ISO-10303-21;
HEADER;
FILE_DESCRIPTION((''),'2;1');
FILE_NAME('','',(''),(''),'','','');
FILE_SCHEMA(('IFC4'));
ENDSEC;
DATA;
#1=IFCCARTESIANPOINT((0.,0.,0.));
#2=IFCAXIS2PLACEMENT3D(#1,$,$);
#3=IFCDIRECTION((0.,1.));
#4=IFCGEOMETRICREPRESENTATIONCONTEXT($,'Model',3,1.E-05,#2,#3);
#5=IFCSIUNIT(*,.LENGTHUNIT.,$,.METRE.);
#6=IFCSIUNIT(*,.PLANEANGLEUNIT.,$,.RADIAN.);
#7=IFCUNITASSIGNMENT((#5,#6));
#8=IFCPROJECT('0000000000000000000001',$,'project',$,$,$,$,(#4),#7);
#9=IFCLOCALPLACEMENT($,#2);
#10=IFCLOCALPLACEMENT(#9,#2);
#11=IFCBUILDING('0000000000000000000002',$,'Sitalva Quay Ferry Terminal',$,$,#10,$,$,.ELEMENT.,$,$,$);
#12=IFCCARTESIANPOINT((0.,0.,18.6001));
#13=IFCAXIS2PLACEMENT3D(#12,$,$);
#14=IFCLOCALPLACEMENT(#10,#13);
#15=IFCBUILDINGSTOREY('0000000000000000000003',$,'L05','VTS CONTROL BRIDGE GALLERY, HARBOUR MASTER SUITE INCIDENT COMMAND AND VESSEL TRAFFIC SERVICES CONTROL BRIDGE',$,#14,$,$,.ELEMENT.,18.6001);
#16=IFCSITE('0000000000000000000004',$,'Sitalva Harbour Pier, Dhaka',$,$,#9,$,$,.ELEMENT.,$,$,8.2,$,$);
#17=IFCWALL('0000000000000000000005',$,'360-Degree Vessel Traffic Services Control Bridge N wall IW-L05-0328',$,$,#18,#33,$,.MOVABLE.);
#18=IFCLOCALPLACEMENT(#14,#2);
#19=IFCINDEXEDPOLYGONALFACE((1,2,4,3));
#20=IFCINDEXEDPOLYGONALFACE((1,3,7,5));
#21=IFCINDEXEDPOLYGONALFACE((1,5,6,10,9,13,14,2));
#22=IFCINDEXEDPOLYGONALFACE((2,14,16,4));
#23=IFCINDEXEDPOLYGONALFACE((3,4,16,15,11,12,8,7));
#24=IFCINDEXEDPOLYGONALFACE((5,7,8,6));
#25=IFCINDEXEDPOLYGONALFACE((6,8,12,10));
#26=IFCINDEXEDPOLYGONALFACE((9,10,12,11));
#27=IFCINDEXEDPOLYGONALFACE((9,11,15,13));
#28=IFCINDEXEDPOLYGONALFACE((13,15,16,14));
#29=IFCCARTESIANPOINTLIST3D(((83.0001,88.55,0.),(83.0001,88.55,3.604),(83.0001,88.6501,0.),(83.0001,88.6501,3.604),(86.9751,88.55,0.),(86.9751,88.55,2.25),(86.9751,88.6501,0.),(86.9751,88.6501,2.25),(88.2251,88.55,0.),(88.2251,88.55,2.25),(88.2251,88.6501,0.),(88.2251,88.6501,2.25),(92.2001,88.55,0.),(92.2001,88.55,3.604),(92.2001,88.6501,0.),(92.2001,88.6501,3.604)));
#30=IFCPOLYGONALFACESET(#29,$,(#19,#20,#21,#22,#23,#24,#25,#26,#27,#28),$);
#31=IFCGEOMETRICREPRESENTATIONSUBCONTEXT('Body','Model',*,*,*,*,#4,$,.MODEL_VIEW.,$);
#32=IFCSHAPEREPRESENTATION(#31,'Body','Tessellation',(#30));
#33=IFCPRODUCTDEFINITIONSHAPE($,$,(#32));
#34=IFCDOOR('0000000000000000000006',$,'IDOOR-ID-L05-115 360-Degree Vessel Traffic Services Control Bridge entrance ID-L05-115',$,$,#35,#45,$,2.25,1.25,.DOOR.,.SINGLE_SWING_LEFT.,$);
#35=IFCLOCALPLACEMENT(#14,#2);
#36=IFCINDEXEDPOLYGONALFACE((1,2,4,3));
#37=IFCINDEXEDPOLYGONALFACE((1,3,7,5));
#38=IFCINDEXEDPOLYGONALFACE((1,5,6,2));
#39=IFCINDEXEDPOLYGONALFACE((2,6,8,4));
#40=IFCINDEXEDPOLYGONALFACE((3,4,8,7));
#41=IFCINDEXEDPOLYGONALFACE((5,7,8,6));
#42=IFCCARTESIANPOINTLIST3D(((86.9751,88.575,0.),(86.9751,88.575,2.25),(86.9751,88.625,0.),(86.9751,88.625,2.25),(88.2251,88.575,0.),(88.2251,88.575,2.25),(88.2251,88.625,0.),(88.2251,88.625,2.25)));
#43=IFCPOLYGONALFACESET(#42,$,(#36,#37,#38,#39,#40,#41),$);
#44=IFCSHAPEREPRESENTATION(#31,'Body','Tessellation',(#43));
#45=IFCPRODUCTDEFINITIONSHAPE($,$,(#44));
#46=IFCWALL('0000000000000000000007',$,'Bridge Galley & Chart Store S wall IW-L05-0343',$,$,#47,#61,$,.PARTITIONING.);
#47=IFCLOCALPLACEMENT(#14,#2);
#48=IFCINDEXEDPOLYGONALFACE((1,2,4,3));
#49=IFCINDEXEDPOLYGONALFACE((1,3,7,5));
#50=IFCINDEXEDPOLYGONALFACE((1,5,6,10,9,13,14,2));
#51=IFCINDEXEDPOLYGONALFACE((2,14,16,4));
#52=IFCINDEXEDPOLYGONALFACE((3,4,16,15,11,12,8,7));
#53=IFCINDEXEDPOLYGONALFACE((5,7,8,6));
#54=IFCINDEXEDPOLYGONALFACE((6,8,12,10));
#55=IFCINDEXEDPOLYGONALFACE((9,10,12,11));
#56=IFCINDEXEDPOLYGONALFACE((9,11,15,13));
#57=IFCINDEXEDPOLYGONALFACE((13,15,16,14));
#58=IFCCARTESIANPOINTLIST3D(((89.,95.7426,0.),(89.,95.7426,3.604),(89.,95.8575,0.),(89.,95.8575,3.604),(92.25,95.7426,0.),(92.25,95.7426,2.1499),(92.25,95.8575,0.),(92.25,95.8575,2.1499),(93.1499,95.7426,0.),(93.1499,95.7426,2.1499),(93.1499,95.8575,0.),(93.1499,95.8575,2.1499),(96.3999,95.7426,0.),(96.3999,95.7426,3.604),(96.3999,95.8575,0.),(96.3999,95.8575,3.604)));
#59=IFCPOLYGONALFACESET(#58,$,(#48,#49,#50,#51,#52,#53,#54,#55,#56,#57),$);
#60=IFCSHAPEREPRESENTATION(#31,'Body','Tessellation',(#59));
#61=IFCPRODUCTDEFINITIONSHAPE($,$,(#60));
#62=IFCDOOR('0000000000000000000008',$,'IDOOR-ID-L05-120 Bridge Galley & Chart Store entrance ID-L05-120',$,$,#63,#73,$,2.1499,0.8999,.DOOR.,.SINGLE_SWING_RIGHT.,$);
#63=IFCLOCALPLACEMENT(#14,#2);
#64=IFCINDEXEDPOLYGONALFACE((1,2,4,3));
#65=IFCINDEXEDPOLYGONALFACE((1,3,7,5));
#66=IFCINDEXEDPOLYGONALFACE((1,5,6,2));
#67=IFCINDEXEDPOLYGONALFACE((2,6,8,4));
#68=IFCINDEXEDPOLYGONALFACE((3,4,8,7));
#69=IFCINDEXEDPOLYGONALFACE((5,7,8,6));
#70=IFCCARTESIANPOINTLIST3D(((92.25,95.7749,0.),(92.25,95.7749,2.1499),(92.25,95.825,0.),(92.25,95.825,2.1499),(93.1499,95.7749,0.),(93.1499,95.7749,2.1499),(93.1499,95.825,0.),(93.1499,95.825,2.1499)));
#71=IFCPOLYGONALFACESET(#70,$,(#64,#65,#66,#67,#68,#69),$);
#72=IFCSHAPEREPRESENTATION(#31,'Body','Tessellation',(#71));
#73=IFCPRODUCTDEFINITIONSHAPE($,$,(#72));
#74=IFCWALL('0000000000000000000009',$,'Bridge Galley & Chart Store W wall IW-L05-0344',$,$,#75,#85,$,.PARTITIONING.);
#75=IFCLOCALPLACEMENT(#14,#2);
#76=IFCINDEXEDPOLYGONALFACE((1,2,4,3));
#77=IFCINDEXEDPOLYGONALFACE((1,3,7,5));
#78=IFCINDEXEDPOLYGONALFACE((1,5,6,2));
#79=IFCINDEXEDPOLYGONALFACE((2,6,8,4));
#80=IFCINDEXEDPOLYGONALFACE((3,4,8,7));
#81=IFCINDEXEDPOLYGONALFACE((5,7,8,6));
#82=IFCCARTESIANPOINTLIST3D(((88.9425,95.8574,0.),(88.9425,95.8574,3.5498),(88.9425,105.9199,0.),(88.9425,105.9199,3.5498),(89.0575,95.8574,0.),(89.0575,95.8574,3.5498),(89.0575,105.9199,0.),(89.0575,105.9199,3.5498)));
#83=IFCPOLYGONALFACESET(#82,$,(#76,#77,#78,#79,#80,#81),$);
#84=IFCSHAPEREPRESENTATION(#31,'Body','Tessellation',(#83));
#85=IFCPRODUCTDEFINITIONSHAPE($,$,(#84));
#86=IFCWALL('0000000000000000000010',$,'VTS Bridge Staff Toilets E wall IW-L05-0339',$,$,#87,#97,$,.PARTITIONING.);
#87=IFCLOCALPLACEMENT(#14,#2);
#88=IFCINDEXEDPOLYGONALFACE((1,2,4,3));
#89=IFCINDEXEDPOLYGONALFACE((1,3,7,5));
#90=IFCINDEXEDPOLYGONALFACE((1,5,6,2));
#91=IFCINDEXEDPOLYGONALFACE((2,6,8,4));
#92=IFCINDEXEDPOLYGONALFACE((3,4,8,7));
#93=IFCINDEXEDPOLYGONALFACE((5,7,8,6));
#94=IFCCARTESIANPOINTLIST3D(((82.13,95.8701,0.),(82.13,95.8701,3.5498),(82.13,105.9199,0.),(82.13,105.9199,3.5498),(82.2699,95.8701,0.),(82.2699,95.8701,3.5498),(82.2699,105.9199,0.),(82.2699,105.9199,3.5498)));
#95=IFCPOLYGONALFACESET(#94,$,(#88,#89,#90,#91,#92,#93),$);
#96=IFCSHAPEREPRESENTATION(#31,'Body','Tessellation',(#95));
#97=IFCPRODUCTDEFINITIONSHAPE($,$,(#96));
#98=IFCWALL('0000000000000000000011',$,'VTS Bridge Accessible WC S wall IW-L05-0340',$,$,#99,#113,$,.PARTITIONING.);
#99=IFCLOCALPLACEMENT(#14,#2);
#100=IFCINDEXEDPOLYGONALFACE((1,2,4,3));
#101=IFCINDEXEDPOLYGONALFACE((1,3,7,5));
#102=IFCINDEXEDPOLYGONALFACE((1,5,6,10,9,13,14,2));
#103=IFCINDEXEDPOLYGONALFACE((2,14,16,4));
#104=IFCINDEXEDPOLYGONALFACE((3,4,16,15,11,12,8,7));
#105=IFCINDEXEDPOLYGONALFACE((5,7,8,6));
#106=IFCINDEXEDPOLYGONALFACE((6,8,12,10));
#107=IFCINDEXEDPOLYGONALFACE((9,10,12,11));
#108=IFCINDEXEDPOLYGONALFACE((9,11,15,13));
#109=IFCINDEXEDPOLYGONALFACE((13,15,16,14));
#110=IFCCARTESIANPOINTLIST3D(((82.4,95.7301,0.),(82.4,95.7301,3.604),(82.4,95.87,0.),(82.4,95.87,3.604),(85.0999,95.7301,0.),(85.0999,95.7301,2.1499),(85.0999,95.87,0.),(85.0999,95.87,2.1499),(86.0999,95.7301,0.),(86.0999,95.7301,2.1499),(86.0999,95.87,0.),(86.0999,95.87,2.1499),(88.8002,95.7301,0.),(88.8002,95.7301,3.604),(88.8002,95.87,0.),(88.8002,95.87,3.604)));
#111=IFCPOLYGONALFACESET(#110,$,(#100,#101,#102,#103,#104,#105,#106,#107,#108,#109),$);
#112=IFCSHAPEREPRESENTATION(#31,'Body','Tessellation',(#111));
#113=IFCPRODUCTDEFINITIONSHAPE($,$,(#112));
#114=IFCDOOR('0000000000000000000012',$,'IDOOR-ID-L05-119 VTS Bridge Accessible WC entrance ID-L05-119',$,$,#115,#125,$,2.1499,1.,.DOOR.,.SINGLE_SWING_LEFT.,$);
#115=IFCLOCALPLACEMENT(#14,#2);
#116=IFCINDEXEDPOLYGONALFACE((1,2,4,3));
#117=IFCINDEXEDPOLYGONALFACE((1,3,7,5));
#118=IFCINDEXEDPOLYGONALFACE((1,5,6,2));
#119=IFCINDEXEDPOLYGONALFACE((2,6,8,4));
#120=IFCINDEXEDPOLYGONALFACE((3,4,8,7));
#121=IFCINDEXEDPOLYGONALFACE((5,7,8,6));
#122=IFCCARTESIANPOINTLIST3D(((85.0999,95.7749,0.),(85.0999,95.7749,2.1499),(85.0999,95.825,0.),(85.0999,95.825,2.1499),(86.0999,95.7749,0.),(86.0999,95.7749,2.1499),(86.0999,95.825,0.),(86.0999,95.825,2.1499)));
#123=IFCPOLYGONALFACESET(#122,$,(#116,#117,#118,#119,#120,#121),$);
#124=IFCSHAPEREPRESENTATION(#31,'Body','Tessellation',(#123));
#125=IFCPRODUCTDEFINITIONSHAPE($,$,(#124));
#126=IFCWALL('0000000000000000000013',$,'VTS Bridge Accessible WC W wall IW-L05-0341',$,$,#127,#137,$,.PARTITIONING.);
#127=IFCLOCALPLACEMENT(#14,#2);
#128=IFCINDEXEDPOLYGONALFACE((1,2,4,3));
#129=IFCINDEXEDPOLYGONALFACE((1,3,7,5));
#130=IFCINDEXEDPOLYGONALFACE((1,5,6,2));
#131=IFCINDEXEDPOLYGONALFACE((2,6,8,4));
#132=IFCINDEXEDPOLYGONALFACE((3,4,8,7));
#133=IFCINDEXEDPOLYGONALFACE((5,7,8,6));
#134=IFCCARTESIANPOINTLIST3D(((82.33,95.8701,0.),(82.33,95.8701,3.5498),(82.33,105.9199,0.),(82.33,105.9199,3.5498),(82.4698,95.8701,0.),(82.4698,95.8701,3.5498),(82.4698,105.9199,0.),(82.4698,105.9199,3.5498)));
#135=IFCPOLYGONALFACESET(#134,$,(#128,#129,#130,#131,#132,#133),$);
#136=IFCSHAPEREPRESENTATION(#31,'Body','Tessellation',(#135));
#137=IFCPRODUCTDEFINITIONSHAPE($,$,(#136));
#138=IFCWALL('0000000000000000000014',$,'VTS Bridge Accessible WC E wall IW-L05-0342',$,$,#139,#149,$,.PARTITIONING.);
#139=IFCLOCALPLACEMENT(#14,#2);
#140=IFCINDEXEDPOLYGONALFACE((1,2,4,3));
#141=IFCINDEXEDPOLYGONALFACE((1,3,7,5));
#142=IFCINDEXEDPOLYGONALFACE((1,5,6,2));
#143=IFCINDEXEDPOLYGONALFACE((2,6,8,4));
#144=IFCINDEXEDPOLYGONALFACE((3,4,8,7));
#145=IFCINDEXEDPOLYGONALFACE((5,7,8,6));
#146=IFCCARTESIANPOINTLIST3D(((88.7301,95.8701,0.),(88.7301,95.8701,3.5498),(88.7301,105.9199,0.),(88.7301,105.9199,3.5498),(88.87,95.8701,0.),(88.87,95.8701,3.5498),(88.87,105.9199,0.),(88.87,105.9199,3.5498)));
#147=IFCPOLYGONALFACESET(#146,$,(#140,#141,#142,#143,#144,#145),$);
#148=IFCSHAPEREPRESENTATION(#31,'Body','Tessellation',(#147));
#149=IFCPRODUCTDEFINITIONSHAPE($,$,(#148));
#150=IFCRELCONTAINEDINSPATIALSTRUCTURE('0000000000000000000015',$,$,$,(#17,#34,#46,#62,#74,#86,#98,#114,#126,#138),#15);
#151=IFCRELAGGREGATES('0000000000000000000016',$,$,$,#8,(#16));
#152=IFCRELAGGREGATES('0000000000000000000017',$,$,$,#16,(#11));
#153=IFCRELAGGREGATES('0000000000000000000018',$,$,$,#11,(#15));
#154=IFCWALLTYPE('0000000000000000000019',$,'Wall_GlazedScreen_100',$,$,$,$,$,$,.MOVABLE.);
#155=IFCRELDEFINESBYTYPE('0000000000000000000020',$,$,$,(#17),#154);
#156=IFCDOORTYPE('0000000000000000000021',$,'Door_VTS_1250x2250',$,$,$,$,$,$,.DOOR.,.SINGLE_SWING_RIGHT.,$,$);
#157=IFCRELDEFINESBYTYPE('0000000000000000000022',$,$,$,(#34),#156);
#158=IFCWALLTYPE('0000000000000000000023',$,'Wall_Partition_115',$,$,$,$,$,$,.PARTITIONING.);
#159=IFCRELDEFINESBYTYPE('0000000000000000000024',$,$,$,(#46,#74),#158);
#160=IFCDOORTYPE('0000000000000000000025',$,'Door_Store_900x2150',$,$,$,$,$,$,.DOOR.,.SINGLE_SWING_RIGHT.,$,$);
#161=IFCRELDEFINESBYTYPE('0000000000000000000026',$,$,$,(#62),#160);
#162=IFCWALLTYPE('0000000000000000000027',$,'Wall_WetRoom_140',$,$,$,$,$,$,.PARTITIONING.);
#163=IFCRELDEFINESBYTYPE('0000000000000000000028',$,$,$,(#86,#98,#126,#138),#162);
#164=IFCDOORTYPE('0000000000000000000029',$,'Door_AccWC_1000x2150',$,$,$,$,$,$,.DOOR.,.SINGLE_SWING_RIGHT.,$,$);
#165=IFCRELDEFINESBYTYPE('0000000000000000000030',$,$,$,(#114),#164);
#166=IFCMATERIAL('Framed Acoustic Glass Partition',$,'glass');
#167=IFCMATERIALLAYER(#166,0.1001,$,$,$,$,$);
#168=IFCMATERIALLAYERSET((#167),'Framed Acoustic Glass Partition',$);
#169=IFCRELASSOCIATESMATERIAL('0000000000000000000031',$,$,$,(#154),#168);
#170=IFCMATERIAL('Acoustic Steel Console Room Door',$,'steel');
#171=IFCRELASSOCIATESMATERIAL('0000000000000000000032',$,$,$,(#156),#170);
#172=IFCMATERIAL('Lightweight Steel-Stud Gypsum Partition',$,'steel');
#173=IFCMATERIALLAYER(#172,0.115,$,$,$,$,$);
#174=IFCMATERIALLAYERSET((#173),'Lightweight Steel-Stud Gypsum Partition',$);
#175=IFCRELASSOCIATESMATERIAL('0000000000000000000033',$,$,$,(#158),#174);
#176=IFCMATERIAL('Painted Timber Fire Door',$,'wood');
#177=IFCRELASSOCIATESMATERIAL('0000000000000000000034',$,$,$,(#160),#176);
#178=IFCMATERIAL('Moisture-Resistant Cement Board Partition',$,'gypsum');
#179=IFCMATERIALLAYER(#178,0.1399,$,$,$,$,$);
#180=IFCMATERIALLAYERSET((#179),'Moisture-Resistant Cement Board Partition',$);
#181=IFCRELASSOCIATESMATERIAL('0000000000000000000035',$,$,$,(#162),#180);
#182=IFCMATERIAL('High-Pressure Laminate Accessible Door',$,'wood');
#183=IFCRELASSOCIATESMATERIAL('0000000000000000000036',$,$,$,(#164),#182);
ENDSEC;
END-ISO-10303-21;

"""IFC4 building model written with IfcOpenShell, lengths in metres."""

from ifc_helpers import new_model, si_unit, direction, frame, frame_2d, origin, place, context, subcontext, project, spatial, rectangle, extrude, material, layer, layer_set, type_object, element, fill, save


model = new_model("IFC4")

# Units and contexts
model_context = context("Model", 3, precision=1e-05, world=origin(), true_north=direction((0.0, 1.0)))
body_context = subcontext(model_context, "Body", "Model", "MODEL_VIEW")
ifc_project = project(units=[si_unit("LENGTHUNIT", "METRE"), si_unit("PLANEANGLEUNIT", "RADIAN")], contexts=[model_context])

# Site, building, storey
site_placement = place(None, origin())
site = spatial("IfcSite", under=ifc_project, at=site_placement, Name="Sitalva Harbour Pier, Dhaka", CompositionType="ELEMENT", RefElevation=8.2)
building_placement = place(site_placement, origin())
building = spatial("IfcBuilding", under=site, at=building_placement, Name="Sitalva Quay Ferry Terminal", CompositionType="ELEMENT")
storey_placement = place(building_placement, frame((0.0, 0.0, 18.6001)))
storey = spatial("IfcBuildingStorey", under=building, at=storey_placement, Name="L05", Description="VTS CONTROL BRIDGE GALLERY, HARBOUR MASTER SUITE INCIDENT COMMAND AND VESSEL TRAFFIC SERVICES CONTROL BRIDGE", CompositionType="ELEMENT", Elevation=18.6001)

# Walls, openings, doors
ifc_material_1 = material(Name="Framed Acoustic Glass Partition", Category="glass")
ifc_layer_1 = layer(ifc_material_1, 0.1001)
ifc_layer_set_1 = layer_set([ifc_layer_1], Name="Framed Acoustic Glass Partition")
wall_type_1 = type_object("IfcWallType", Name="Wall_GlazedScreen_100", PredefinedType="MOVABLE", material=ifc_layer_set_1)
wall_1_placement = place(storey_placement, frame((83.0, 88.6001, 0.0), z_axis=(0.0, 0.0, 1.0), x_axis=(1.0, 0.0, 0.0)))
wall_1 = element("IfcWall", 1, at=wall_1_placement, inside=storey, type_object=wall_type_1, Name="360-Degree Vessel Traffic Services Control Bridge N wall IW-L05-0328", PredefinedType="MOVABLE", context=body_context, shape_type="SweptSolid", body=[
    extrude(rectangle(XDim=9.2, YDim=0.1001, at=frame_2d((4.6001, 0.0))), origin(), (0.0, 0.0, 1.0), 3.604),
])
opening_1_placement = place(wall_1_placement, frame((3.9751, 0.0, 0.0)))
opening_1 = element("IfcOpeningElement", 2, at=opening_1_placement, cuts=wall_1, PredefinedType="OPENING", context=body_context, shape_type="SweptSolid", body=[
    extrude(rectangle(XDim=1.25, YDim=2.25, at=frame_2d((0.625, 1.125))), frame((0.0, 0.0601, 0.0), z_axis=(0.0, -1.0, 0.0), x_axis=(1.0, 0.0, 0.0)), (0.0, 0.0, 1.0), 0.1201),
])
ifc_material_2 = material(Name="Acoustic Steel Console Room Door", Category="steel")
door_type_1 = type_object("IfcDoorType", Name="Door_VTS_1250x2250", OperationType="SINGLE_SWING_RIGHT", PredefinedType="DOOR", material=ifc_material_2)
door_1_placement = place(opening_1_placement, origin())
door_1 = element("IfcDoor", 3, at=door_1_placement, inside=storey, type_object=door_type_1, Name="IDOOR-ID-L05-115 360-Degree Vessel Traffic Services Control Bridge entrance ID-L05-115", OperationType="SINGLE_SWING_LEFT", OverallHeight=2.25, OverallWidth=1.25, PredefinedType="DOOR", context=body_context, shape_type="SweptSolid", body=[
    extrude(rectangle(XDim=1.25, YDim=2.25, at=frame_2d((0.625, 1.125))), frame((0.0, 0.0249, 0.0), z_axis=(0.0, -1.0, 0.0), x_axis=(1.0, 0.0, 0.0)), (0.0, 0.0, 1.0), 0.05),
])
fill(opening_1, door_1)
ifc_material_3 = material(Name="Lightweight Steel-Stud Gypsum Partition", Category="steel")
ifc_layer_2 = layer(ifc_material_3, 0.115)
ifc_layer_set_2 = layer_set([ifc_layer_2], Name="Lightweight Steel-Stud Gypsum Partition")
wall_type_2 = type_object("IfcWallType", Name="Wall_Partition_115", PredefinedType="PARTITIONING", material=ifc_layer_set_2)
wall_2_placement = place(storey_placement, frame((89.0, 95.8, 0.0), z_axis=(0.0, 0.0, 1.0), x_axis=(1.0, 0.0, 0.0)))
wall_2 = element("IfcWall", 4, at=wall_2_placement, inside=storey, type_object=wall_type_2, Name="Bridge Galley & Chart Store S wall IW-L05-0343", PredefinedType="PARTITIONING", context=body_context, shape_type="SweptSolid", body=[
    extrude(rectangle(XDim=7.3999, YDim=0.115, at=frame_2d((3.7, 0.0))), origin(), (0.0, 0.0, 1.0), 3.604),
])
opening_2_placement = place(wall_2_placement, frame((3.25, 0.0, 0.0)))
opening_2 = element("IfcOpeningElement", 5, at=opening_2_placement, cuts=wall_2, PredefinedType="OPENING", context=body_context, shape_type="SweptSolid", body=[
    extrude(rectangle(XDim=0.8999, YDim=2.1499, at=frame_2d((0.45, 1.075))), frame((0.0, 0.0674, 0.0), z_axis=(0.0, -1.0, 0.0), x_axis=(1.0, 0.0, 0.0)), (0.0, 0.0, 1.0), 0.135),
])
ifc_material_4 = material(Name="Painted Timber Fire Door", Category="wood")
door_type_2 = type_object("IfcDoorType", Name="Door_Store_900x2150", OperationType="SINGLE_SWING_RIGHT", PredefinedType="DOOR", material=ifc_material_4)
door_2_placement = place(opening_2_placement, origin())
door_2 = element("IfcDoor", 6, at=door_2_placement, inside=storey, type_object=door_type_2, Name="IDOOR-ID-L05-120 Bridge Galley & Chart Store entrance ID-L05-120", OperationType="SINGLE_SWING_RIGHT", OverallHeight=2.1499, OverallWidth=0.8999, PredefinedType="DOOR", context=body_context, shape_type="SweptSolid", body=[
    extrude(rectangle(XDim=0.8999, YDim=2.1499, at=frame_2d((0.45, 1.075))), frame((0.0, 0.0249, 0.0), z_axis=(0.0, -1.0, 0.0), x_axis=(1.0, 0.0, 0.0)), (0.0, 0.0, 1.0), 0.05),
])
fill(opening_2, door_2)

# Walls
wall_3_placement = place(storey_placement, frame((89.0, 95.8574, 0.0), z_axis=(0.0, 0.0, 1.0), x_axis=(0.0, 1.0, 0.0)))
element("IfcWall", 7, at=wall_3_placement, inside=storey, type_object=wall_type_2, Name="Bridge Galley & Chart Store W wall IW-L05-0344", PredefinedType="PARTITIONING", context=body_context, shape_type="SweptSolid", body=[
    extrude(rectangle(XDim=10.0625, YDim=0.115, at=frame_2d((5.0312, 0.0))), origin(), (0.0, 0.0, 1.0), 3.5498),
])
ifc_material_5 = material(Name="Moisture-Resistant Cement Board Partition", Category="gypsum")
ifc_layer_3 = layer(ifc_material_5, 0.1399)
ifc_layer_set_3 = layer_set([ifc_layer_3], Name="Moisture-Resistant Cement Board Partition")
wall_type_3 = type_object("IfcWallType", Name="Wall_WetRoom_140", PredefinedType="PARTITIONING", material=ifc_layer_set_3)
wall_4_placement = place(storey_placement, frame((82.2, 95.8701, 0.0), z_axis=(0.0, 0.0, 1.0), x_axis=(0.0, 1.0, 0.0)))
element("IfcWall", 8, at=wall_4_placement, inside=storey, type_object=wall_type_3, Name="VTS Bridge Staff Toilets E wall IW-L05-0339", PredefinedType="PARTITIONING", context=body_context, shape_type="SweptSolid", body=[
    extrude(rectangle(XDim=10.0498, YDim=0.1399, at=frame_2d((5.0249, 0.0))), origin(), (0.0, 0.0, 1.0), 3.5498),
])

# Wall, opening, door
wall_5_placement = place(storey_placement, frame((82.3999, 95.8, 0.0), z_axis=(0.0, 0.0, 1.0), x_axis=(1.0, 0.0, 0.0)))
wall_5 = element("IfcWall", 9, at=wall_5_placement, inside=storey, type_object=wall_type_3, Name="VTS Bridge Accessible WC S wall IW-L05-0340", PredefinedType="PARTITIONING", context=body_context, shape_type="SweptSolid", body=[
    extrude(rectangle(XDim=6.4001, YDim=0.1399, at=frame_2d((3.2002, 0.0))), origin(), (0.0, 0.0, 1.0), 3.604),
])
opening_3_placement = place(wall_5_placement, frame((2.7, 0.0, 0.0)))
opening_3 = element("IfcOpeningElement", 10, at=opening_3_placement, cuts=wall_5, PredefinedType="OPENING", context=body_context, shape_type="SweptSolid", body=[
    extrude(rectangle(XDim=1.0, YDim=2.1499, at=frame_2d((0.5, 1.075))), frame((0.0, 0.0798, 0.0), z_axis=(0.0, -1.0, 0.0), x_axis=(1.0, 0.0, 0.0)), (0.0, 0.0, 1.0), 0.1599),
])
ifc_material_6 = material(Name="High-Pressure Laminate Accessible Door", Category="wood")
door_type_3 = type_object("IfcDoorType", Name="Door_AccWC_1000x2150", OperationType="SINGLE_SWING_RIGHT", PredefinedType="DOOR", material=ifc_material_6)
door_3_placement = place(opening_3_placement, origin())
door_3 = element("IfcDoor", 11, at=door_3_placement, inside=storey, type_object=door_type_3, Name="IDOOR-ID-L05-119 VTS Bridge Accessible WC entrance ID-L05-119", OperationType="SINGLE_SWING_LEFT", OverallHeight=2.1499, OverallWidth=1.0, PredefinedType="DOOR", context=body_context, shape_type="SweptSolid", body=[
    extrude(rectangle(XDim=1.0, YDim=2.1499, at=frame_2d((0.5, 1.075))), frame((0.0, 0.0249, 0.0), z_axis=(0.0, -1.0, 0.0), x_axis=(1.0, 0.0, 0.0)), (0.0, 0.0, 1.0), 0.05),
])
fill(opening_3, door_3)

# Walls
for number, where, z_axis, x_axis, name in (
    (12, (82.3999, 95.8701, 0.0), (0.0, 0.0, 1.0), (0.0, 1.0, 0.0), "VTS Bridge Accessible WC W wall IW-L05-0341"),
    (13, (88.8, 95.8701, 0.0), (0.0, 0.0, 1.0), (0.0, 1.0, 0.0), "VTS Bridge Accessible WC E wall IW-L05-0342"),
):
    element("IfcWall", number, at=place(storey_placement, frame(where, z_axis=z_axis, x_axis=x_axis)), inside=storey, type_object=wall_type_3, Name=name, PredefinedType="PARTITIONING", context=body_context, shape_type="SweptSolid", body=[
        extrude(rectangle(XDim=10.0498, YDim=0.1399, at=frame_2d((5.0249, 0.0))), origin(), (0.0, 0.0, 1.0), 3.5498),
    ])

save(model, "model.ifc")
